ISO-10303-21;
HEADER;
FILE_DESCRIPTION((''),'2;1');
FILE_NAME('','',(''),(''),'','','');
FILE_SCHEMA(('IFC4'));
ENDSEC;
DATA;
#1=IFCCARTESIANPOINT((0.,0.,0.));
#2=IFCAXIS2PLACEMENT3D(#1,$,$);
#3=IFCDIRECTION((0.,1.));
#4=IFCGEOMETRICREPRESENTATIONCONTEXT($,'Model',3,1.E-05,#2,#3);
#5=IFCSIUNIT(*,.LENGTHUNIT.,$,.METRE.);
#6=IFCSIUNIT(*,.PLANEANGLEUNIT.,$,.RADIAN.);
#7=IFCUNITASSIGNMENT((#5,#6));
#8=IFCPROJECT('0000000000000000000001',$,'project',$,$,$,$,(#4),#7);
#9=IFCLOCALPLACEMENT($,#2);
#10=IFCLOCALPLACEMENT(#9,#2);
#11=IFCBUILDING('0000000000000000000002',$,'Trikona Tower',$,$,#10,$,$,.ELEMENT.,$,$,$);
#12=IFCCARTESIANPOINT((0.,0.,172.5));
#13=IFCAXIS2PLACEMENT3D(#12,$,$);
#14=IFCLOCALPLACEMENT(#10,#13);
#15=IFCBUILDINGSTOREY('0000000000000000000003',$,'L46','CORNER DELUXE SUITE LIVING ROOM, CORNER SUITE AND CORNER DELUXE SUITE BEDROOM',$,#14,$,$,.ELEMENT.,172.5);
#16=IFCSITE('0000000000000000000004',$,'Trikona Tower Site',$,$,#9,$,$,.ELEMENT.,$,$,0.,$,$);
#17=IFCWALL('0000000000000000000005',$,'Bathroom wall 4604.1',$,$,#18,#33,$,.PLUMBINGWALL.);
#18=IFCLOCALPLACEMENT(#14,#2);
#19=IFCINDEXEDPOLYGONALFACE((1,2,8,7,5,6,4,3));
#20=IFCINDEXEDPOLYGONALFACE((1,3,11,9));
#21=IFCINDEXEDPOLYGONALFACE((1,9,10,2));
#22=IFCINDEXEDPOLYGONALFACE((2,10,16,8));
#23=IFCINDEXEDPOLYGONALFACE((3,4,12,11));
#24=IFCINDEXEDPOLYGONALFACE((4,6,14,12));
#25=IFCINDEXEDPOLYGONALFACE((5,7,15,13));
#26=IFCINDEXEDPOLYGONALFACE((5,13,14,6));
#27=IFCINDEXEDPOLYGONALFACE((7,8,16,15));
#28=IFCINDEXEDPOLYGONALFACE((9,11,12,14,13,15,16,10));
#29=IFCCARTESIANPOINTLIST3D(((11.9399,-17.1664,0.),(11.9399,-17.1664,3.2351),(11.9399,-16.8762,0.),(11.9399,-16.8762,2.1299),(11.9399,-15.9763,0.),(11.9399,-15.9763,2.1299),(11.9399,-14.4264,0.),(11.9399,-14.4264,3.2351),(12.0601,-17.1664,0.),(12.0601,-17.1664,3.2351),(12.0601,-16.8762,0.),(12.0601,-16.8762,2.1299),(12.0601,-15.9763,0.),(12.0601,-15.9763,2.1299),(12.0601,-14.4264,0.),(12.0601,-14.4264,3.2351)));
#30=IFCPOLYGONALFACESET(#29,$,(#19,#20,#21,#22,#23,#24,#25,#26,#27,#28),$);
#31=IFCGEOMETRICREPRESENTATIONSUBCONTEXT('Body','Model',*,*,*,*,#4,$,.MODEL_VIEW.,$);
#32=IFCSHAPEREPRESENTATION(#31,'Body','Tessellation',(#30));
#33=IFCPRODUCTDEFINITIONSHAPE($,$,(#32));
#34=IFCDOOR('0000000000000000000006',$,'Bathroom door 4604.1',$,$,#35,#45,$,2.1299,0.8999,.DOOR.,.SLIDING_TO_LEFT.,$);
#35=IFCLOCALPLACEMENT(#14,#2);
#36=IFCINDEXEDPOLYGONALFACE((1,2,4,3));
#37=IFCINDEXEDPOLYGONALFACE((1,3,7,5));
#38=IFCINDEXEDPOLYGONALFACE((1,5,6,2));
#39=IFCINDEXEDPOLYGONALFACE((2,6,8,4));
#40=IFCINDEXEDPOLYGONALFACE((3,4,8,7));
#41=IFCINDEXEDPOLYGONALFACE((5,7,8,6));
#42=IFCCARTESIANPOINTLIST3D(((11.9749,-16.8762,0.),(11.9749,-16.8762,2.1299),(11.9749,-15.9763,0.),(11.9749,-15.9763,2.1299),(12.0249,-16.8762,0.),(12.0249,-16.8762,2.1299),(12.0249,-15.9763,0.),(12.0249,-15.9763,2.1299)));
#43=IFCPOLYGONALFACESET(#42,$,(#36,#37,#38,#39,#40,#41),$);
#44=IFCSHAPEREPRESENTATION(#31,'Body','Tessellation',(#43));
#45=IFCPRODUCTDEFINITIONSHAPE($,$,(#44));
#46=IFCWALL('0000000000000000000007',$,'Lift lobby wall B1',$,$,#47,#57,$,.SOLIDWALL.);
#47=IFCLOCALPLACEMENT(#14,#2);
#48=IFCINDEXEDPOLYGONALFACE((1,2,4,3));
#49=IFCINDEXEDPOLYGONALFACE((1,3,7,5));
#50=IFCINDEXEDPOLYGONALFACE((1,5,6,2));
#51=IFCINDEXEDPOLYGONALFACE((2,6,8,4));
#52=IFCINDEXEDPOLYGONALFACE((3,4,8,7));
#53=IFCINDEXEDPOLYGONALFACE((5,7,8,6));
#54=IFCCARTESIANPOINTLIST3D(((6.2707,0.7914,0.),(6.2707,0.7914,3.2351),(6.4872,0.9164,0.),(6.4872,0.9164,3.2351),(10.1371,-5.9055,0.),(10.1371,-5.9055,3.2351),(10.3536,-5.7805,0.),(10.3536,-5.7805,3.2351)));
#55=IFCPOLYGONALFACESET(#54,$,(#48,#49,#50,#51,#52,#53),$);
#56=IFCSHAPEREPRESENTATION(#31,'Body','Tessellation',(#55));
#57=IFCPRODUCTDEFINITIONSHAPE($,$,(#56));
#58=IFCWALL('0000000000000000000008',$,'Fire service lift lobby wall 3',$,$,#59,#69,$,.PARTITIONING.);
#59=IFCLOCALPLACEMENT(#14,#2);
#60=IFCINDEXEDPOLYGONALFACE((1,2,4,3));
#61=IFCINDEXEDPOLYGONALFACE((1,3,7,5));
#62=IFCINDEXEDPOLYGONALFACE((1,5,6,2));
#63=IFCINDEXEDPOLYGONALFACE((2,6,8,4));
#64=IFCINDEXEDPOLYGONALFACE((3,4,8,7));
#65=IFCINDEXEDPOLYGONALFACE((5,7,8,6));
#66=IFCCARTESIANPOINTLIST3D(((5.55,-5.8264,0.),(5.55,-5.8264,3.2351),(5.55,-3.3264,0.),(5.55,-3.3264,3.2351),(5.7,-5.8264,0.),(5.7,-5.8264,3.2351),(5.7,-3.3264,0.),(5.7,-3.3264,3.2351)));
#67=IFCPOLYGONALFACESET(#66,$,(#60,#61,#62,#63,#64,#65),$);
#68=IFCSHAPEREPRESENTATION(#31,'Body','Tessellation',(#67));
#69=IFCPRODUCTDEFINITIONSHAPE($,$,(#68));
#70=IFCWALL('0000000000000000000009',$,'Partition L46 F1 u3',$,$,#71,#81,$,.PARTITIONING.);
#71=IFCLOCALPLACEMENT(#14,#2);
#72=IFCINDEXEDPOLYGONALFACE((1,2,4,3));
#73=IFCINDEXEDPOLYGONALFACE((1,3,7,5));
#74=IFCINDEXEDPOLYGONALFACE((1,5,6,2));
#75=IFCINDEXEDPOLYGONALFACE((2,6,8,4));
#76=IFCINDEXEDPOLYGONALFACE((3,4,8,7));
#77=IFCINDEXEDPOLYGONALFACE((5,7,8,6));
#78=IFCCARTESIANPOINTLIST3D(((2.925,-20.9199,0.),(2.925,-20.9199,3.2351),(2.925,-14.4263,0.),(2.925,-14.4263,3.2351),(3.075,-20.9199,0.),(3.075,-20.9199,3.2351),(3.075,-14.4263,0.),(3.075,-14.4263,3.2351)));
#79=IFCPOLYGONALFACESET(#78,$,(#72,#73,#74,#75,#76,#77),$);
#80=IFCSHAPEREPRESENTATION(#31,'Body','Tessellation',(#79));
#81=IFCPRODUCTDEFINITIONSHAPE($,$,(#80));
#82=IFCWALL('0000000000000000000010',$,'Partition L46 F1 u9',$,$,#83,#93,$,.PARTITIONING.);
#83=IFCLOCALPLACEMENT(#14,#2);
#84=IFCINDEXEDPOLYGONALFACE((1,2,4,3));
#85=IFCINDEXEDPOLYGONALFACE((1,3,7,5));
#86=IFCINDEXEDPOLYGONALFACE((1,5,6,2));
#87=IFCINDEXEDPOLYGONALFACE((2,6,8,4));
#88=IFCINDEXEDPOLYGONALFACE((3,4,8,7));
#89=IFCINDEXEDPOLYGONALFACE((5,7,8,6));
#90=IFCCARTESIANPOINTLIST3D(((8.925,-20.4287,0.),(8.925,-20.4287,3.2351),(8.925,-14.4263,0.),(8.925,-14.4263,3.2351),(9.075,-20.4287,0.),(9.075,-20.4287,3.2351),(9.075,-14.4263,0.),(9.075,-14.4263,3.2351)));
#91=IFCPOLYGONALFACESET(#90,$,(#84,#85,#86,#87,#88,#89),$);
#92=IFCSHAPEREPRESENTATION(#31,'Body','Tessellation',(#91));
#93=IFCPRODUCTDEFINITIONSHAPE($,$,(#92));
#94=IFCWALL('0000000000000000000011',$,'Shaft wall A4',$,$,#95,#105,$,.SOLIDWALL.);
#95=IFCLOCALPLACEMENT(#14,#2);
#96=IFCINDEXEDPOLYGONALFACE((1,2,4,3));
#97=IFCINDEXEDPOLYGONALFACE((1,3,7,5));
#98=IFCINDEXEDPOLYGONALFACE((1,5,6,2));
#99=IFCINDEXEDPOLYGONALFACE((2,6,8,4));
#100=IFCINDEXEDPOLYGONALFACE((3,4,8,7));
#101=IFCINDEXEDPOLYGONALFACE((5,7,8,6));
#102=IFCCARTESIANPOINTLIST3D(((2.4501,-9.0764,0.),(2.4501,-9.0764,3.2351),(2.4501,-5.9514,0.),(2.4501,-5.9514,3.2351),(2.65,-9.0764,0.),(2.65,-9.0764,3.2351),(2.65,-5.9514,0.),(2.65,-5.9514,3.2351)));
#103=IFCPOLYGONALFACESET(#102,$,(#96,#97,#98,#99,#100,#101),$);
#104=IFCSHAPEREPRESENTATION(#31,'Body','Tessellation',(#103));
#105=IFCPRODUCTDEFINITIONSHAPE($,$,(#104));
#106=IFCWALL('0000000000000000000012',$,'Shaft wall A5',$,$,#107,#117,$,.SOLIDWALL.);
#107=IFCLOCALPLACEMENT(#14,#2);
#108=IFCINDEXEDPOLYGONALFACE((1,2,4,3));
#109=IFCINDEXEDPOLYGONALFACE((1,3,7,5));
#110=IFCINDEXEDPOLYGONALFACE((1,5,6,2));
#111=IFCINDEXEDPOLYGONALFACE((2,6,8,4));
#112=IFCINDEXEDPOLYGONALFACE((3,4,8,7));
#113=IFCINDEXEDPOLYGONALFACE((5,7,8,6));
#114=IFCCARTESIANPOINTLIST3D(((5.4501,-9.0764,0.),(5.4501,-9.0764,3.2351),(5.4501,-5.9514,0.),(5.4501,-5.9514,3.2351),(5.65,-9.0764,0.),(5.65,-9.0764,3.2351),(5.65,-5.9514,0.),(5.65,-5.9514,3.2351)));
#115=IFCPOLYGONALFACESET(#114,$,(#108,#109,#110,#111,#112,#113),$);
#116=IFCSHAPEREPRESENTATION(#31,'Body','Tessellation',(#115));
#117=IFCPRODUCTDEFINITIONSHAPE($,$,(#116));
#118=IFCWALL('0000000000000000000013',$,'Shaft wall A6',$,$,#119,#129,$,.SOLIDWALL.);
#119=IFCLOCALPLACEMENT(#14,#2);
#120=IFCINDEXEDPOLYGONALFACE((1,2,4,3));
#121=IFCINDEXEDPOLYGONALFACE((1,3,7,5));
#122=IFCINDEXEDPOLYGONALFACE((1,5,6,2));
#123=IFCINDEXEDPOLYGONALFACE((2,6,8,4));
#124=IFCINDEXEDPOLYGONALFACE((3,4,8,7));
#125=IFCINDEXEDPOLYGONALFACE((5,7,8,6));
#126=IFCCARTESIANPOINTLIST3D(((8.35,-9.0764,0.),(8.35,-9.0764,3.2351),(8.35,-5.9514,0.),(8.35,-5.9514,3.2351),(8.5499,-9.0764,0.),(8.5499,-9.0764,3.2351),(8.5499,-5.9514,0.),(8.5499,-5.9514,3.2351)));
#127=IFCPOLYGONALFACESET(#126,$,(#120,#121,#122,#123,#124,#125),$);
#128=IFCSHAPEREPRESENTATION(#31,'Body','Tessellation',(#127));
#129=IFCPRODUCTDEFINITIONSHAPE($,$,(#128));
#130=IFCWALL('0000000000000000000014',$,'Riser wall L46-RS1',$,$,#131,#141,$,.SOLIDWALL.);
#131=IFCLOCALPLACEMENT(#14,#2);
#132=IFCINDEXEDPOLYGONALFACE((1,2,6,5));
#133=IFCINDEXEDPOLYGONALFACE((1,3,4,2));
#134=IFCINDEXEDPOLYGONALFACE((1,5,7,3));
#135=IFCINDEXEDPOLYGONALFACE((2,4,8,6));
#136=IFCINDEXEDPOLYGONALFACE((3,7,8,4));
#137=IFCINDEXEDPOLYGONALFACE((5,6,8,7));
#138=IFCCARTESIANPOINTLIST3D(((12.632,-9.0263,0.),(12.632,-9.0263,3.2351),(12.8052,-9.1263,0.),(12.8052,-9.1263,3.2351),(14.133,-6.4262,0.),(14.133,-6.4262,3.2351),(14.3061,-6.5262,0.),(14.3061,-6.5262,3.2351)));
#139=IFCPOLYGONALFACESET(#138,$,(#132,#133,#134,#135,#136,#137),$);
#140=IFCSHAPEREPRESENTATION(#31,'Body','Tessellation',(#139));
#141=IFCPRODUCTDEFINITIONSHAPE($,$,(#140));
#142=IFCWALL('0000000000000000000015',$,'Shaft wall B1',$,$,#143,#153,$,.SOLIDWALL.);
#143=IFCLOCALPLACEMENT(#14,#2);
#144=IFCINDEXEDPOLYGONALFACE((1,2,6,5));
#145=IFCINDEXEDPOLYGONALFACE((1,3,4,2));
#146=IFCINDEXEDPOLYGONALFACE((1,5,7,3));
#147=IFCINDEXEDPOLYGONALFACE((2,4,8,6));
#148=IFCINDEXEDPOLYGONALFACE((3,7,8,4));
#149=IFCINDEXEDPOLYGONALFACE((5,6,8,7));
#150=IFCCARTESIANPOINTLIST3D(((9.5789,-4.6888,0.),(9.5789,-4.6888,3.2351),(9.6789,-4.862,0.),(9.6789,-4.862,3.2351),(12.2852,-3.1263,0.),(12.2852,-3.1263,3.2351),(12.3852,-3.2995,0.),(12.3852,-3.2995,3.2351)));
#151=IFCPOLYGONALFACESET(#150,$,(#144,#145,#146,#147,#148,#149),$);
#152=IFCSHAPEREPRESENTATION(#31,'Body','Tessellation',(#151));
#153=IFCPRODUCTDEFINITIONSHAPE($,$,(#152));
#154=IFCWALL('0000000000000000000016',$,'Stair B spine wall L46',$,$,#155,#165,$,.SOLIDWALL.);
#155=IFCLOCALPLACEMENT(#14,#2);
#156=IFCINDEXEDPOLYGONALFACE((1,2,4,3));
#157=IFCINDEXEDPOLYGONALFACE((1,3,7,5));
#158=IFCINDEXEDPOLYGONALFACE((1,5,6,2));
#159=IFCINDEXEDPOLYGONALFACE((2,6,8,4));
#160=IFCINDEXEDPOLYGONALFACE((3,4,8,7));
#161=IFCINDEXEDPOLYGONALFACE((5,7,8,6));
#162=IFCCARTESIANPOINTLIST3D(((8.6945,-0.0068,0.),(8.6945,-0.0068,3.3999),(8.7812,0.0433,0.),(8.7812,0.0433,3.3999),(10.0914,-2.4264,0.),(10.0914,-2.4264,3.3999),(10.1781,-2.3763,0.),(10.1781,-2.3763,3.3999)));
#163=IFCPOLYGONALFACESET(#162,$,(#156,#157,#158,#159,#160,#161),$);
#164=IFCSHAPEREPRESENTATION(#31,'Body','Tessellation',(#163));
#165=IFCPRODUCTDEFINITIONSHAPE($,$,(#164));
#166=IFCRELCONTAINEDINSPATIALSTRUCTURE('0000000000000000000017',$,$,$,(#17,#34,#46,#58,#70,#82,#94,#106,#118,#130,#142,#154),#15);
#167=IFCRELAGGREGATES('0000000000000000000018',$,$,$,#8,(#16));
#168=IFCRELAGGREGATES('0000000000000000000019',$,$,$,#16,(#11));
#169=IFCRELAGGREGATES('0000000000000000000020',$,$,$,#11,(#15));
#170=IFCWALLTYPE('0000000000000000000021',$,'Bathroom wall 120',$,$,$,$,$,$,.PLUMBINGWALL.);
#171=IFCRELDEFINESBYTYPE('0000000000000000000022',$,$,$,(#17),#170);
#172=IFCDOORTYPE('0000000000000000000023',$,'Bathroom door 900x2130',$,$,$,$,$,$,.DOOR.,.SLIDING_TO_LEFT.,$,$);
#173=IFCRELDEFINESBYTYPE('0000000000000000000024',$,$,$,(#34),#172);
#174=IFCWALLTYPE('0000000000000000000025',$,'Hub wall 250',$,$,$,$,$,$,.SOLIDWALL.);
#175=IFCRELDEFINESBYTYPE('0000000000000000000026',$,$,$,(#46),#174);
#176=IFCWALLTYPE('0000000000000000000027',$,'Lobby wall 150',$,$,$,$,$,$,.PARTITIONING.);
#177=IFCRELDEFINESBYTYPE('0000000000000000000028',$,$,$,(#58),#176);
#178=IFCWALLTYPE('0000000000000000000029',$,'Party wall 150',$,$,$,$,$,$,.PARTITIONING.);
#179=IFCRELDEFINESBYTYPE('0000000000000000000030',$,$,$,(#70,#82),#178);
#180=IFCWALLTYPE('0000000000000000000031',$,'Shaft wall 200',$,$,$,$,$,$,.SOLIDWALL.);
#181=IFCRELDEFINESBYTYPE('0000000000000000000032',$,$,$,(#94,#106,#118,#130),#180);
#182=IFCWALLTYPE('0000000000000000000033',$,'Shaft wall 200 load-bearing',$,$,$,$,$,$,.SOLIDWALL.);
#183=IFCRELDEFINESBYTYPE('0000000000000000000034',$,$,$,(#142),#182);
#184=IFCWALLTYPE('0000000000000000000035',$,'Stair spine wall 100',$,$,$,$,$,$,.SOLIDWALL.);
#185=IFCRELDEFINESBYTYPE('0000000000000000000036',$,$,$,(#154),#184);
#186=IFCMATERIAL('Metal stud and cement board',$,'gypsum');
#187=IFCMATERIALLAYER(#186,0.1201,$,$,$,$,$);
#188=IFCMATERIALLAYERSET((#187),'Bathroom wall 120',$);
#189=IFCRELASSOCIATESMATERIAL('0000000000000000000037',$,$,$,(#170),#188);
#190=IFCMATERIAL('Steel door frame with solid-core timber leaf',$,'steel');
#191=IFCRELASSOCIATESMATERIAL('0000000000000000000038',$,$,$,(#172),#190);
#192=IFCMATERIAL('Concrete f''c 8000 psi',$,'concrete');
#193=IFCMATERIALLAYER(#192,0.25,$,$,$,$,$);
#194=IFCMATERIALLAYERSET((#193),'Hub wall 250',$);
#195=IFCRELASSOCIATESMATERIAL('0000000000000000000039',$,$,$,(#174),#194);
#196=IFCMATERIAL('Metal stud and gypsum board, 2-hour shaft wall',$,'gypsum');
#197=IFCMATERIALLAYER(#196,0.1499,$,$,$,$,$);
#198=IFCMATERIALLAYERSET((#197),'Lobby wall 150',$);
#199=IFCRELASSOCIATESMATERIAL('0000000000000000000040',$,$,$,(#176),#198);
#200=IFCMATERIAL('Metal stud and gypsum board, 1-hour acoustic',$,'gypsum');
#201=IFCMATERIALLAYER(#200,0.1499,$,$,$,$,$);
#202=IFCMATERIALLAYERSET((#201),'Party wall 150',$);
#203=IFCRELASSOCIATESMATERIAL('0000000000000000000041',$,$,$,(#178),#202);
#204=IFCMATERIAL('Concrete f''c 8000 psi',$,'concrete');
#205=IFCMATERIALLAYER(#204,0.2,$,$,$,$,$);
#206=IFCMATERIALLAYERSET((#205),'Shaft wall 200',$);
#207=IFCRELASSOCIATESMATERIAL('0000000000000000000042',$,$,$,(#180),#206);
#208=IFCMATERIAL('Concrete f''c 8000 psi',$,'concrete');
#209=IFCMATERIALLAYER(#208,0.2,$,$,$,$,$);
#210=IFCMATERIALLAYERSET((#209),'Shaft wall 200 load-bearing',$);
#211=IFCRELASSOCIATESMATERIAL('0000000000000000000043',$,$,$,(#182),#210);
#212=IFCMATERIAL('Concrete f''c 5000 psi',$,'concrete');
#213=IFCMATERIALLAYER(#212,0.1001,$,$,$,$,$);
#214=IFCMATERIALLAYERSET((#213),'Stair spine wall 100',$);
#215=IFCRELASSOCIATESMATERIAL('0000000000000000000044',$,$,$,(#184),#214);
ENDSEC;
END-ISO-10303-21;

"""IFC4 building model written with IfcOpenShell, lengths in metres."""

from ifc_helpers import new_model, si_unit, direction, frame, frame_2d, origin, place, context, subcontext, project, spatial, rectangle, extrude, material, layer, layer_set, type_object, element, fill, save


model = new_model("IFC4")

# Units and contexts
model_context = context("Model", 3, precision=1e-05, world=origin(), true_north=direction((0.0, 1.0)))
body_context = subcontext(model_context, "Body", "Model", "MODEL_VIEW")
ifc_project = project(units=[si_unit("LENGTHUNIT", "METRE"), si_unit("PLANEANGLEUNIT", "RADIAN")], contexts=[model_context])

# Site, building, storey
site_placement = place(None, origin())
site = spatial("IfcSite", under=ifc_project, at=site_placement, Name="Trikona Tower Site", CompositionType="ELEMENT", RefElevation=0.0)
building_placement = place(site_placement, origin())
building = spatial("IfcBuilding", under=site, at=building_placement, Name="Trikona Tower", CompositionType="ELEMENT")
storey_placement = place(building_placement, frame((0.0, 0.0, 172.5)))
storey = spatial("IfcBuildingStorey", under=building, at=storey_placement, Name="L46", Description="CORNER DELUXE SUITE LIVING ROOM, CORNER SUITE AND CORNER DELUXE SUITE BEDROOM", CompositionType="ELEMENT", Elevation=172.5)

# Shared definitions
ifc_material_1 = material(Name="Metal stud and cement board", Category="gypsum")
ifc_layer_1 = layer(ifc_material_1, 0.1201)
ifc_layer_set_1 = layer_set([ifc_layer_1], Name="Bathroom wall 120")
wall_type_1 = type_object("IfcWallType", Name="Bathroom wall 120", PredefinedType="PLUMBINGWALL", material=ifc_layer_set_1)

# Shared definitions
ifc_material_2 = material(Name="Steel door frame with solid-core timber leaf", Category="steel")
door_type_1 = type_object("IfcDoorType", Name="Bathroom door 900x2130", OperationType="SLIDING_TO_LEFT", PredefinedType="DOOR", material=ifc_material_2)

# Wall, opening, door
wall_1_placement = place(storey_placement, frame((12.0, -14.4263, 0.0), z_axis=(0.0, 0.0, 1.0), x_axis=(0.0, -1.0, 0.0)))
wall_1 = element("IfcWall", 1, at=wall_1_placement, inside=storey, type_object=wall_type_1, Name="Bathroom wall 4604.1", PredefinedType="PLUMBINGWALL", context=body_context, shape_type="SweptSolid", body=[
    extrude(rectangle(XDim=2.74, YDim=0.1201, at=frame_2d((1.3701, 0.0))), origin(), (0.0, 0.0, 1.0), 3.2351),
])
opening_1_placement = place(wall_1_placement, frame((1.55, 0.0, 0.0)))
opening_1 = element("IfcOpeningElement", 2, at=opening_1_placement, cuts=wall_1, PredefinedType="OPENING", context=body_context, shape_type="SweptSolid", body=[
    extrude(rectangle(XDim=0.8999, YDim=2.1299, at=frame_2d((0.45, 1.0649))), frame((0.0, 0.0701, 0.0), z_axis=(0.0, -1.0, 0.0), x_axis=(1.0, 0.0, 0.0)), (0.0, 0.0, 1.0), 0.1401),
])
door_1_placement = place(opening_1_placement, origin())
door_1 = element("IfcDoor", 3, at=door_1_placement, inside=storey, type_object=door_type_1, Name="Bathroom door 4604.1", OperationType="SLIDING_TO_LEFT", OverallHeight=2.1299, OverallWidth=0.8999, PredefinedType="DOOR", context=body_context, shape_type="SweptSolid", body=[
    extrude(rectangle(XDim=0.8999, YDim=2.1299, at=frame_2d((0.45, 1.0649))), frame((0.0, 0.0249, 0.0), z_axis=(0.0, -1.0, 0.0), x_axis=(1.0, 0.0, 0.0)), (0.0, 0.0, 1.0), 0.05),
])
fill(opening_1, door_1)

# Walls
ifc_material_3 = material(Name="Concrete f'c 8000 psi", Category="concrete")
ifc_layer_2 = layer(ifc_material_3, 0.25)
ifc_layer_set_2 = layer_set([ifc_layer_2], Name="Hub wall 250")
wall_type_2 = type_object("IfcWallType", Name="Hub wall 250", PredefinedType="SOLIDWALL", material=ifc_layer_set_2)
wall_2_placement = place(storey_placement, frame((10.2454, -5.843, 0.0), z_axis=(0.0, 0.0, 1.0), x_axis=(-0.499993, 0.866029, 0.0)))
element("IfcWall", 4, at=wall_2_placement, inside=storey, type_object=wall_type_2, Name="Lift lobby wall B1", PredefinedType="SOLIDWALL", context=body_context, shape_type="SweptSolid", body=[
    extrude(rectangle(XDim=7.7329, YDim=0.25, at=frame_2d((3.8665, 0.0))), origin(), (0.0, 0.0, 1.0), 3.2351),
])
ifc_material_4 = material(Name="Metal stud and gypsum board, 2-hour shaft wall", Category="gypsum")
ifc_layer_3 = layer(ifc_material_4, 0.1499)
ifc_layer_set_3 = layer_set([ifc_layer_3], Name="Lobby wall 150")
wall_type_3 = type_object("IfcWallType", Name="Lobby wall 150", PredefinedType="PARTITIONING", material=ifc_layer_set_3)
wall_3_placement = place(storey_placement, frame((5.625, -5.8264, 0.0), z_axis=(0.0, 0.0, 1.0), x_axis=(0.0, 1.0, 0.0)))
element("IfcWall", 5, at=wall_3_placement, inside=storey, type_object=wall_type_3, Name="Fire service lift lobby wall 3", PredefinedType="PARTITIONING", context=body_context, shape_type="SweptSolid", body=[
    extrude(rectangle(XDim=2.5, YDim=0.1499, at=frame_2d((1.25, 0.0))), origin(), (0.0, 0.0, 1.0), 3.2351),
])
ifc_material_5 = material(Name="Metal stud and gypsum board, 1-hour acoustic", Category="gypsum")
ifc_layer_4 = layer(ifc_material_5, 0.1499)
ifc_layer_set_4 = layer_set([ifc_layer_4], Name="Party wall 150")
wall_type_4 = type_object("IfcWallType", Name="Party wall 150", PredefinedType="PARTITIONING", material=ifc_layer_set_4)
wall_4_placement = place(storey_placement, frame((3.0, -14.4263, 0.0), z_axis=(0.0, 0.0, 1.0), x_axis=(0.0, -1.0, 0.0)))
element("IfcWall", 6, at=wall_4_placement, inside=storey, type_object=wall_type_4, Name="Partition L46 F1 u3", PredefinedType="PARTITIONING", context=body_context, shape_type="SweptSolid", body=[
    extrude(rectangle(XDim=6.4937, YDim=0.1499, at=frame_2d((3.2468, 0.0))), origin(), (0.0, 0.0, 1.0), 3.2351),
])
wall_5_placement = place(storey_placement, frame((9.0, -14.4263, 0.0), z_axis=(0.0, 0.0, 1.0), x_axis=(0.0, -1.0, 0.0)))
element("IfcWall", 7, at=wall_5_placement, inside=storey, type_object=wall_type_4, Name="Partition L46 F1 u9", PredefinedType="PARTITIONING", context=body_context, shape_type="SweptSolid", body=[
    extrude(rectangle(XDim=6.0024, YDim=0.1499, at=frame_2d((3.0012, 0.0))), origin(), (0.0, 0.0, 1.0), 3.2351),
])
ifc_material_6 = material(Name="Concrete f'c 8000 psi", Category="concrete")
ifc_layer_5 = layer(ifc_material_6, 0.2)
ifc_layer_set_5 = layer_set([ifc_layer_5], Name="Shaft wall 200")
wall_type_5 = type_object("IfcWallType", Name="Shaft wall 200", PredefinedType="SOLIDWALL", material=ifc_layer_set_5)
for number, where, z_axis, x_axis, name in (
    (8, (2.55, -5.9514, 0.0), (0.0, 0.0, 1.0), (0.0, -1.0, 0.0), "Shaft wall A4"),
    (9, (5.55, -5.9514, 0.0), (0.0, 0.0, 1.0), (0.0, -1.0, 0.0), "Shaft wall A5"),
    (10, (8.45, -5.9514, 0.0), (0.0, 0.0, 1.0), (0.0, -1.0, 0.0), "Shaft wall A6"),
):
    element("IfcWall", number, at=place(storey_placement, frame(where, z_axis=z_axis, x_axis=x_axis)), inside=storey, type_object=wall_type_5, Name=name, PredefinedType="SOLIDWALL", context=body_context, shape_type="SweptSolid", body=[
        extrude(rectangle(XDim=3.125, YDim=0.2, at=frame_2d((1.5625, 0.0))), origin(), (0.0, 0.0, 1.0), 3.2351),
    ])
wall_6_placement = place(storey_placement, frame((14.2195, -6.4763, 0.0), z_axis=(0.0, 0.0, 1.0), x_axis=(-0.499952, -0.866053, 0.0)))
element("IfcWall", 11, at=wall_6_placement, inside=storey, type_object=wall_type_5, Name="Riser wall L46-RS1", PredefinedType="SOLIDWALL", context=body_context, shape_type="SweptSolid", body=[
    extrude(rectangle(XDim=3.0022, YDim=0.2, at=frame_2d((1.501, 0.0))), origin(), (0.0, 0.0, 1.0), 3.2351),
])
ifc_material_7 = material(Name="Concrete f'c 8000 psi", Category="concrete")
ifc_layer_6 = layer(ifc_material_7, 0.2)
ifc_layer_set_6 = layer_set([ifc_layer_6], Name="Shaft wall 200 load-bearing")
wall_type_6 = type_object("IfcWallType", Name="Shaft wall 200 load-bearing", PredefinedType="SOLIDWALL", material=ifc_layer_set_6)
wall_7_placement = place(storey_placement, frame((9.6289, -4.7754, 0.0), z_axis=(0.0, 0.0, 1.0), x_axis=(0.866023, 0.500004, 0.0)))
element("IfcWall", 12, at=wall_7_placement, inside=storey, type_object=wall_type_6, Name="Shaft wall B1", PredefinedType="SOLIDWALL", context=body_context, shape_type="SweptSolid", body=[
    extrude(rectangle(XDim=3.125, YDim=0.2, at=frame_2d((1.5625, 0.0))), origin(), (0.0, 0.0, 1.0), 3.2351),
])
ifc_material_8 = material(Name="Concrete f'c 5000 psi", Category="concrete")
ifc_layer_7 = layer(ifc_material_8, 0.1001)
ifc_layer_set_7 = layer_set([ifc_layer_7], Name="Stair spine wall 100")
wall_type_7 = type_object("IfcWallType", Name="Stair spine wall 100", PredefinedType="SOLIDWALL", material=ifc_layer_set_7)
wall_8_placement = place(storey_placement, frame((10.1348, -2.4014, 0.0), z_axis=(0.0, 0.0, 1.0), x_axis=(-0.499992, 0.86603, 0.0)))
element("IfcWall", 13, at=wall_8_placement, inside=storey, type_object=wall_type_7, Name="Stair B spine wall L46", PredefinedType="SOLIDWALL", context=body_context, shape_type="SweptSolid", body=[
    extrude(rectangle(XDim=2.7939, YDim=0.1001, at=frame_2d((1.397, 0.0))), origin(), (0.0, 0.0, 1.0), 3.3999),
])

save(model, "model.ifc")
